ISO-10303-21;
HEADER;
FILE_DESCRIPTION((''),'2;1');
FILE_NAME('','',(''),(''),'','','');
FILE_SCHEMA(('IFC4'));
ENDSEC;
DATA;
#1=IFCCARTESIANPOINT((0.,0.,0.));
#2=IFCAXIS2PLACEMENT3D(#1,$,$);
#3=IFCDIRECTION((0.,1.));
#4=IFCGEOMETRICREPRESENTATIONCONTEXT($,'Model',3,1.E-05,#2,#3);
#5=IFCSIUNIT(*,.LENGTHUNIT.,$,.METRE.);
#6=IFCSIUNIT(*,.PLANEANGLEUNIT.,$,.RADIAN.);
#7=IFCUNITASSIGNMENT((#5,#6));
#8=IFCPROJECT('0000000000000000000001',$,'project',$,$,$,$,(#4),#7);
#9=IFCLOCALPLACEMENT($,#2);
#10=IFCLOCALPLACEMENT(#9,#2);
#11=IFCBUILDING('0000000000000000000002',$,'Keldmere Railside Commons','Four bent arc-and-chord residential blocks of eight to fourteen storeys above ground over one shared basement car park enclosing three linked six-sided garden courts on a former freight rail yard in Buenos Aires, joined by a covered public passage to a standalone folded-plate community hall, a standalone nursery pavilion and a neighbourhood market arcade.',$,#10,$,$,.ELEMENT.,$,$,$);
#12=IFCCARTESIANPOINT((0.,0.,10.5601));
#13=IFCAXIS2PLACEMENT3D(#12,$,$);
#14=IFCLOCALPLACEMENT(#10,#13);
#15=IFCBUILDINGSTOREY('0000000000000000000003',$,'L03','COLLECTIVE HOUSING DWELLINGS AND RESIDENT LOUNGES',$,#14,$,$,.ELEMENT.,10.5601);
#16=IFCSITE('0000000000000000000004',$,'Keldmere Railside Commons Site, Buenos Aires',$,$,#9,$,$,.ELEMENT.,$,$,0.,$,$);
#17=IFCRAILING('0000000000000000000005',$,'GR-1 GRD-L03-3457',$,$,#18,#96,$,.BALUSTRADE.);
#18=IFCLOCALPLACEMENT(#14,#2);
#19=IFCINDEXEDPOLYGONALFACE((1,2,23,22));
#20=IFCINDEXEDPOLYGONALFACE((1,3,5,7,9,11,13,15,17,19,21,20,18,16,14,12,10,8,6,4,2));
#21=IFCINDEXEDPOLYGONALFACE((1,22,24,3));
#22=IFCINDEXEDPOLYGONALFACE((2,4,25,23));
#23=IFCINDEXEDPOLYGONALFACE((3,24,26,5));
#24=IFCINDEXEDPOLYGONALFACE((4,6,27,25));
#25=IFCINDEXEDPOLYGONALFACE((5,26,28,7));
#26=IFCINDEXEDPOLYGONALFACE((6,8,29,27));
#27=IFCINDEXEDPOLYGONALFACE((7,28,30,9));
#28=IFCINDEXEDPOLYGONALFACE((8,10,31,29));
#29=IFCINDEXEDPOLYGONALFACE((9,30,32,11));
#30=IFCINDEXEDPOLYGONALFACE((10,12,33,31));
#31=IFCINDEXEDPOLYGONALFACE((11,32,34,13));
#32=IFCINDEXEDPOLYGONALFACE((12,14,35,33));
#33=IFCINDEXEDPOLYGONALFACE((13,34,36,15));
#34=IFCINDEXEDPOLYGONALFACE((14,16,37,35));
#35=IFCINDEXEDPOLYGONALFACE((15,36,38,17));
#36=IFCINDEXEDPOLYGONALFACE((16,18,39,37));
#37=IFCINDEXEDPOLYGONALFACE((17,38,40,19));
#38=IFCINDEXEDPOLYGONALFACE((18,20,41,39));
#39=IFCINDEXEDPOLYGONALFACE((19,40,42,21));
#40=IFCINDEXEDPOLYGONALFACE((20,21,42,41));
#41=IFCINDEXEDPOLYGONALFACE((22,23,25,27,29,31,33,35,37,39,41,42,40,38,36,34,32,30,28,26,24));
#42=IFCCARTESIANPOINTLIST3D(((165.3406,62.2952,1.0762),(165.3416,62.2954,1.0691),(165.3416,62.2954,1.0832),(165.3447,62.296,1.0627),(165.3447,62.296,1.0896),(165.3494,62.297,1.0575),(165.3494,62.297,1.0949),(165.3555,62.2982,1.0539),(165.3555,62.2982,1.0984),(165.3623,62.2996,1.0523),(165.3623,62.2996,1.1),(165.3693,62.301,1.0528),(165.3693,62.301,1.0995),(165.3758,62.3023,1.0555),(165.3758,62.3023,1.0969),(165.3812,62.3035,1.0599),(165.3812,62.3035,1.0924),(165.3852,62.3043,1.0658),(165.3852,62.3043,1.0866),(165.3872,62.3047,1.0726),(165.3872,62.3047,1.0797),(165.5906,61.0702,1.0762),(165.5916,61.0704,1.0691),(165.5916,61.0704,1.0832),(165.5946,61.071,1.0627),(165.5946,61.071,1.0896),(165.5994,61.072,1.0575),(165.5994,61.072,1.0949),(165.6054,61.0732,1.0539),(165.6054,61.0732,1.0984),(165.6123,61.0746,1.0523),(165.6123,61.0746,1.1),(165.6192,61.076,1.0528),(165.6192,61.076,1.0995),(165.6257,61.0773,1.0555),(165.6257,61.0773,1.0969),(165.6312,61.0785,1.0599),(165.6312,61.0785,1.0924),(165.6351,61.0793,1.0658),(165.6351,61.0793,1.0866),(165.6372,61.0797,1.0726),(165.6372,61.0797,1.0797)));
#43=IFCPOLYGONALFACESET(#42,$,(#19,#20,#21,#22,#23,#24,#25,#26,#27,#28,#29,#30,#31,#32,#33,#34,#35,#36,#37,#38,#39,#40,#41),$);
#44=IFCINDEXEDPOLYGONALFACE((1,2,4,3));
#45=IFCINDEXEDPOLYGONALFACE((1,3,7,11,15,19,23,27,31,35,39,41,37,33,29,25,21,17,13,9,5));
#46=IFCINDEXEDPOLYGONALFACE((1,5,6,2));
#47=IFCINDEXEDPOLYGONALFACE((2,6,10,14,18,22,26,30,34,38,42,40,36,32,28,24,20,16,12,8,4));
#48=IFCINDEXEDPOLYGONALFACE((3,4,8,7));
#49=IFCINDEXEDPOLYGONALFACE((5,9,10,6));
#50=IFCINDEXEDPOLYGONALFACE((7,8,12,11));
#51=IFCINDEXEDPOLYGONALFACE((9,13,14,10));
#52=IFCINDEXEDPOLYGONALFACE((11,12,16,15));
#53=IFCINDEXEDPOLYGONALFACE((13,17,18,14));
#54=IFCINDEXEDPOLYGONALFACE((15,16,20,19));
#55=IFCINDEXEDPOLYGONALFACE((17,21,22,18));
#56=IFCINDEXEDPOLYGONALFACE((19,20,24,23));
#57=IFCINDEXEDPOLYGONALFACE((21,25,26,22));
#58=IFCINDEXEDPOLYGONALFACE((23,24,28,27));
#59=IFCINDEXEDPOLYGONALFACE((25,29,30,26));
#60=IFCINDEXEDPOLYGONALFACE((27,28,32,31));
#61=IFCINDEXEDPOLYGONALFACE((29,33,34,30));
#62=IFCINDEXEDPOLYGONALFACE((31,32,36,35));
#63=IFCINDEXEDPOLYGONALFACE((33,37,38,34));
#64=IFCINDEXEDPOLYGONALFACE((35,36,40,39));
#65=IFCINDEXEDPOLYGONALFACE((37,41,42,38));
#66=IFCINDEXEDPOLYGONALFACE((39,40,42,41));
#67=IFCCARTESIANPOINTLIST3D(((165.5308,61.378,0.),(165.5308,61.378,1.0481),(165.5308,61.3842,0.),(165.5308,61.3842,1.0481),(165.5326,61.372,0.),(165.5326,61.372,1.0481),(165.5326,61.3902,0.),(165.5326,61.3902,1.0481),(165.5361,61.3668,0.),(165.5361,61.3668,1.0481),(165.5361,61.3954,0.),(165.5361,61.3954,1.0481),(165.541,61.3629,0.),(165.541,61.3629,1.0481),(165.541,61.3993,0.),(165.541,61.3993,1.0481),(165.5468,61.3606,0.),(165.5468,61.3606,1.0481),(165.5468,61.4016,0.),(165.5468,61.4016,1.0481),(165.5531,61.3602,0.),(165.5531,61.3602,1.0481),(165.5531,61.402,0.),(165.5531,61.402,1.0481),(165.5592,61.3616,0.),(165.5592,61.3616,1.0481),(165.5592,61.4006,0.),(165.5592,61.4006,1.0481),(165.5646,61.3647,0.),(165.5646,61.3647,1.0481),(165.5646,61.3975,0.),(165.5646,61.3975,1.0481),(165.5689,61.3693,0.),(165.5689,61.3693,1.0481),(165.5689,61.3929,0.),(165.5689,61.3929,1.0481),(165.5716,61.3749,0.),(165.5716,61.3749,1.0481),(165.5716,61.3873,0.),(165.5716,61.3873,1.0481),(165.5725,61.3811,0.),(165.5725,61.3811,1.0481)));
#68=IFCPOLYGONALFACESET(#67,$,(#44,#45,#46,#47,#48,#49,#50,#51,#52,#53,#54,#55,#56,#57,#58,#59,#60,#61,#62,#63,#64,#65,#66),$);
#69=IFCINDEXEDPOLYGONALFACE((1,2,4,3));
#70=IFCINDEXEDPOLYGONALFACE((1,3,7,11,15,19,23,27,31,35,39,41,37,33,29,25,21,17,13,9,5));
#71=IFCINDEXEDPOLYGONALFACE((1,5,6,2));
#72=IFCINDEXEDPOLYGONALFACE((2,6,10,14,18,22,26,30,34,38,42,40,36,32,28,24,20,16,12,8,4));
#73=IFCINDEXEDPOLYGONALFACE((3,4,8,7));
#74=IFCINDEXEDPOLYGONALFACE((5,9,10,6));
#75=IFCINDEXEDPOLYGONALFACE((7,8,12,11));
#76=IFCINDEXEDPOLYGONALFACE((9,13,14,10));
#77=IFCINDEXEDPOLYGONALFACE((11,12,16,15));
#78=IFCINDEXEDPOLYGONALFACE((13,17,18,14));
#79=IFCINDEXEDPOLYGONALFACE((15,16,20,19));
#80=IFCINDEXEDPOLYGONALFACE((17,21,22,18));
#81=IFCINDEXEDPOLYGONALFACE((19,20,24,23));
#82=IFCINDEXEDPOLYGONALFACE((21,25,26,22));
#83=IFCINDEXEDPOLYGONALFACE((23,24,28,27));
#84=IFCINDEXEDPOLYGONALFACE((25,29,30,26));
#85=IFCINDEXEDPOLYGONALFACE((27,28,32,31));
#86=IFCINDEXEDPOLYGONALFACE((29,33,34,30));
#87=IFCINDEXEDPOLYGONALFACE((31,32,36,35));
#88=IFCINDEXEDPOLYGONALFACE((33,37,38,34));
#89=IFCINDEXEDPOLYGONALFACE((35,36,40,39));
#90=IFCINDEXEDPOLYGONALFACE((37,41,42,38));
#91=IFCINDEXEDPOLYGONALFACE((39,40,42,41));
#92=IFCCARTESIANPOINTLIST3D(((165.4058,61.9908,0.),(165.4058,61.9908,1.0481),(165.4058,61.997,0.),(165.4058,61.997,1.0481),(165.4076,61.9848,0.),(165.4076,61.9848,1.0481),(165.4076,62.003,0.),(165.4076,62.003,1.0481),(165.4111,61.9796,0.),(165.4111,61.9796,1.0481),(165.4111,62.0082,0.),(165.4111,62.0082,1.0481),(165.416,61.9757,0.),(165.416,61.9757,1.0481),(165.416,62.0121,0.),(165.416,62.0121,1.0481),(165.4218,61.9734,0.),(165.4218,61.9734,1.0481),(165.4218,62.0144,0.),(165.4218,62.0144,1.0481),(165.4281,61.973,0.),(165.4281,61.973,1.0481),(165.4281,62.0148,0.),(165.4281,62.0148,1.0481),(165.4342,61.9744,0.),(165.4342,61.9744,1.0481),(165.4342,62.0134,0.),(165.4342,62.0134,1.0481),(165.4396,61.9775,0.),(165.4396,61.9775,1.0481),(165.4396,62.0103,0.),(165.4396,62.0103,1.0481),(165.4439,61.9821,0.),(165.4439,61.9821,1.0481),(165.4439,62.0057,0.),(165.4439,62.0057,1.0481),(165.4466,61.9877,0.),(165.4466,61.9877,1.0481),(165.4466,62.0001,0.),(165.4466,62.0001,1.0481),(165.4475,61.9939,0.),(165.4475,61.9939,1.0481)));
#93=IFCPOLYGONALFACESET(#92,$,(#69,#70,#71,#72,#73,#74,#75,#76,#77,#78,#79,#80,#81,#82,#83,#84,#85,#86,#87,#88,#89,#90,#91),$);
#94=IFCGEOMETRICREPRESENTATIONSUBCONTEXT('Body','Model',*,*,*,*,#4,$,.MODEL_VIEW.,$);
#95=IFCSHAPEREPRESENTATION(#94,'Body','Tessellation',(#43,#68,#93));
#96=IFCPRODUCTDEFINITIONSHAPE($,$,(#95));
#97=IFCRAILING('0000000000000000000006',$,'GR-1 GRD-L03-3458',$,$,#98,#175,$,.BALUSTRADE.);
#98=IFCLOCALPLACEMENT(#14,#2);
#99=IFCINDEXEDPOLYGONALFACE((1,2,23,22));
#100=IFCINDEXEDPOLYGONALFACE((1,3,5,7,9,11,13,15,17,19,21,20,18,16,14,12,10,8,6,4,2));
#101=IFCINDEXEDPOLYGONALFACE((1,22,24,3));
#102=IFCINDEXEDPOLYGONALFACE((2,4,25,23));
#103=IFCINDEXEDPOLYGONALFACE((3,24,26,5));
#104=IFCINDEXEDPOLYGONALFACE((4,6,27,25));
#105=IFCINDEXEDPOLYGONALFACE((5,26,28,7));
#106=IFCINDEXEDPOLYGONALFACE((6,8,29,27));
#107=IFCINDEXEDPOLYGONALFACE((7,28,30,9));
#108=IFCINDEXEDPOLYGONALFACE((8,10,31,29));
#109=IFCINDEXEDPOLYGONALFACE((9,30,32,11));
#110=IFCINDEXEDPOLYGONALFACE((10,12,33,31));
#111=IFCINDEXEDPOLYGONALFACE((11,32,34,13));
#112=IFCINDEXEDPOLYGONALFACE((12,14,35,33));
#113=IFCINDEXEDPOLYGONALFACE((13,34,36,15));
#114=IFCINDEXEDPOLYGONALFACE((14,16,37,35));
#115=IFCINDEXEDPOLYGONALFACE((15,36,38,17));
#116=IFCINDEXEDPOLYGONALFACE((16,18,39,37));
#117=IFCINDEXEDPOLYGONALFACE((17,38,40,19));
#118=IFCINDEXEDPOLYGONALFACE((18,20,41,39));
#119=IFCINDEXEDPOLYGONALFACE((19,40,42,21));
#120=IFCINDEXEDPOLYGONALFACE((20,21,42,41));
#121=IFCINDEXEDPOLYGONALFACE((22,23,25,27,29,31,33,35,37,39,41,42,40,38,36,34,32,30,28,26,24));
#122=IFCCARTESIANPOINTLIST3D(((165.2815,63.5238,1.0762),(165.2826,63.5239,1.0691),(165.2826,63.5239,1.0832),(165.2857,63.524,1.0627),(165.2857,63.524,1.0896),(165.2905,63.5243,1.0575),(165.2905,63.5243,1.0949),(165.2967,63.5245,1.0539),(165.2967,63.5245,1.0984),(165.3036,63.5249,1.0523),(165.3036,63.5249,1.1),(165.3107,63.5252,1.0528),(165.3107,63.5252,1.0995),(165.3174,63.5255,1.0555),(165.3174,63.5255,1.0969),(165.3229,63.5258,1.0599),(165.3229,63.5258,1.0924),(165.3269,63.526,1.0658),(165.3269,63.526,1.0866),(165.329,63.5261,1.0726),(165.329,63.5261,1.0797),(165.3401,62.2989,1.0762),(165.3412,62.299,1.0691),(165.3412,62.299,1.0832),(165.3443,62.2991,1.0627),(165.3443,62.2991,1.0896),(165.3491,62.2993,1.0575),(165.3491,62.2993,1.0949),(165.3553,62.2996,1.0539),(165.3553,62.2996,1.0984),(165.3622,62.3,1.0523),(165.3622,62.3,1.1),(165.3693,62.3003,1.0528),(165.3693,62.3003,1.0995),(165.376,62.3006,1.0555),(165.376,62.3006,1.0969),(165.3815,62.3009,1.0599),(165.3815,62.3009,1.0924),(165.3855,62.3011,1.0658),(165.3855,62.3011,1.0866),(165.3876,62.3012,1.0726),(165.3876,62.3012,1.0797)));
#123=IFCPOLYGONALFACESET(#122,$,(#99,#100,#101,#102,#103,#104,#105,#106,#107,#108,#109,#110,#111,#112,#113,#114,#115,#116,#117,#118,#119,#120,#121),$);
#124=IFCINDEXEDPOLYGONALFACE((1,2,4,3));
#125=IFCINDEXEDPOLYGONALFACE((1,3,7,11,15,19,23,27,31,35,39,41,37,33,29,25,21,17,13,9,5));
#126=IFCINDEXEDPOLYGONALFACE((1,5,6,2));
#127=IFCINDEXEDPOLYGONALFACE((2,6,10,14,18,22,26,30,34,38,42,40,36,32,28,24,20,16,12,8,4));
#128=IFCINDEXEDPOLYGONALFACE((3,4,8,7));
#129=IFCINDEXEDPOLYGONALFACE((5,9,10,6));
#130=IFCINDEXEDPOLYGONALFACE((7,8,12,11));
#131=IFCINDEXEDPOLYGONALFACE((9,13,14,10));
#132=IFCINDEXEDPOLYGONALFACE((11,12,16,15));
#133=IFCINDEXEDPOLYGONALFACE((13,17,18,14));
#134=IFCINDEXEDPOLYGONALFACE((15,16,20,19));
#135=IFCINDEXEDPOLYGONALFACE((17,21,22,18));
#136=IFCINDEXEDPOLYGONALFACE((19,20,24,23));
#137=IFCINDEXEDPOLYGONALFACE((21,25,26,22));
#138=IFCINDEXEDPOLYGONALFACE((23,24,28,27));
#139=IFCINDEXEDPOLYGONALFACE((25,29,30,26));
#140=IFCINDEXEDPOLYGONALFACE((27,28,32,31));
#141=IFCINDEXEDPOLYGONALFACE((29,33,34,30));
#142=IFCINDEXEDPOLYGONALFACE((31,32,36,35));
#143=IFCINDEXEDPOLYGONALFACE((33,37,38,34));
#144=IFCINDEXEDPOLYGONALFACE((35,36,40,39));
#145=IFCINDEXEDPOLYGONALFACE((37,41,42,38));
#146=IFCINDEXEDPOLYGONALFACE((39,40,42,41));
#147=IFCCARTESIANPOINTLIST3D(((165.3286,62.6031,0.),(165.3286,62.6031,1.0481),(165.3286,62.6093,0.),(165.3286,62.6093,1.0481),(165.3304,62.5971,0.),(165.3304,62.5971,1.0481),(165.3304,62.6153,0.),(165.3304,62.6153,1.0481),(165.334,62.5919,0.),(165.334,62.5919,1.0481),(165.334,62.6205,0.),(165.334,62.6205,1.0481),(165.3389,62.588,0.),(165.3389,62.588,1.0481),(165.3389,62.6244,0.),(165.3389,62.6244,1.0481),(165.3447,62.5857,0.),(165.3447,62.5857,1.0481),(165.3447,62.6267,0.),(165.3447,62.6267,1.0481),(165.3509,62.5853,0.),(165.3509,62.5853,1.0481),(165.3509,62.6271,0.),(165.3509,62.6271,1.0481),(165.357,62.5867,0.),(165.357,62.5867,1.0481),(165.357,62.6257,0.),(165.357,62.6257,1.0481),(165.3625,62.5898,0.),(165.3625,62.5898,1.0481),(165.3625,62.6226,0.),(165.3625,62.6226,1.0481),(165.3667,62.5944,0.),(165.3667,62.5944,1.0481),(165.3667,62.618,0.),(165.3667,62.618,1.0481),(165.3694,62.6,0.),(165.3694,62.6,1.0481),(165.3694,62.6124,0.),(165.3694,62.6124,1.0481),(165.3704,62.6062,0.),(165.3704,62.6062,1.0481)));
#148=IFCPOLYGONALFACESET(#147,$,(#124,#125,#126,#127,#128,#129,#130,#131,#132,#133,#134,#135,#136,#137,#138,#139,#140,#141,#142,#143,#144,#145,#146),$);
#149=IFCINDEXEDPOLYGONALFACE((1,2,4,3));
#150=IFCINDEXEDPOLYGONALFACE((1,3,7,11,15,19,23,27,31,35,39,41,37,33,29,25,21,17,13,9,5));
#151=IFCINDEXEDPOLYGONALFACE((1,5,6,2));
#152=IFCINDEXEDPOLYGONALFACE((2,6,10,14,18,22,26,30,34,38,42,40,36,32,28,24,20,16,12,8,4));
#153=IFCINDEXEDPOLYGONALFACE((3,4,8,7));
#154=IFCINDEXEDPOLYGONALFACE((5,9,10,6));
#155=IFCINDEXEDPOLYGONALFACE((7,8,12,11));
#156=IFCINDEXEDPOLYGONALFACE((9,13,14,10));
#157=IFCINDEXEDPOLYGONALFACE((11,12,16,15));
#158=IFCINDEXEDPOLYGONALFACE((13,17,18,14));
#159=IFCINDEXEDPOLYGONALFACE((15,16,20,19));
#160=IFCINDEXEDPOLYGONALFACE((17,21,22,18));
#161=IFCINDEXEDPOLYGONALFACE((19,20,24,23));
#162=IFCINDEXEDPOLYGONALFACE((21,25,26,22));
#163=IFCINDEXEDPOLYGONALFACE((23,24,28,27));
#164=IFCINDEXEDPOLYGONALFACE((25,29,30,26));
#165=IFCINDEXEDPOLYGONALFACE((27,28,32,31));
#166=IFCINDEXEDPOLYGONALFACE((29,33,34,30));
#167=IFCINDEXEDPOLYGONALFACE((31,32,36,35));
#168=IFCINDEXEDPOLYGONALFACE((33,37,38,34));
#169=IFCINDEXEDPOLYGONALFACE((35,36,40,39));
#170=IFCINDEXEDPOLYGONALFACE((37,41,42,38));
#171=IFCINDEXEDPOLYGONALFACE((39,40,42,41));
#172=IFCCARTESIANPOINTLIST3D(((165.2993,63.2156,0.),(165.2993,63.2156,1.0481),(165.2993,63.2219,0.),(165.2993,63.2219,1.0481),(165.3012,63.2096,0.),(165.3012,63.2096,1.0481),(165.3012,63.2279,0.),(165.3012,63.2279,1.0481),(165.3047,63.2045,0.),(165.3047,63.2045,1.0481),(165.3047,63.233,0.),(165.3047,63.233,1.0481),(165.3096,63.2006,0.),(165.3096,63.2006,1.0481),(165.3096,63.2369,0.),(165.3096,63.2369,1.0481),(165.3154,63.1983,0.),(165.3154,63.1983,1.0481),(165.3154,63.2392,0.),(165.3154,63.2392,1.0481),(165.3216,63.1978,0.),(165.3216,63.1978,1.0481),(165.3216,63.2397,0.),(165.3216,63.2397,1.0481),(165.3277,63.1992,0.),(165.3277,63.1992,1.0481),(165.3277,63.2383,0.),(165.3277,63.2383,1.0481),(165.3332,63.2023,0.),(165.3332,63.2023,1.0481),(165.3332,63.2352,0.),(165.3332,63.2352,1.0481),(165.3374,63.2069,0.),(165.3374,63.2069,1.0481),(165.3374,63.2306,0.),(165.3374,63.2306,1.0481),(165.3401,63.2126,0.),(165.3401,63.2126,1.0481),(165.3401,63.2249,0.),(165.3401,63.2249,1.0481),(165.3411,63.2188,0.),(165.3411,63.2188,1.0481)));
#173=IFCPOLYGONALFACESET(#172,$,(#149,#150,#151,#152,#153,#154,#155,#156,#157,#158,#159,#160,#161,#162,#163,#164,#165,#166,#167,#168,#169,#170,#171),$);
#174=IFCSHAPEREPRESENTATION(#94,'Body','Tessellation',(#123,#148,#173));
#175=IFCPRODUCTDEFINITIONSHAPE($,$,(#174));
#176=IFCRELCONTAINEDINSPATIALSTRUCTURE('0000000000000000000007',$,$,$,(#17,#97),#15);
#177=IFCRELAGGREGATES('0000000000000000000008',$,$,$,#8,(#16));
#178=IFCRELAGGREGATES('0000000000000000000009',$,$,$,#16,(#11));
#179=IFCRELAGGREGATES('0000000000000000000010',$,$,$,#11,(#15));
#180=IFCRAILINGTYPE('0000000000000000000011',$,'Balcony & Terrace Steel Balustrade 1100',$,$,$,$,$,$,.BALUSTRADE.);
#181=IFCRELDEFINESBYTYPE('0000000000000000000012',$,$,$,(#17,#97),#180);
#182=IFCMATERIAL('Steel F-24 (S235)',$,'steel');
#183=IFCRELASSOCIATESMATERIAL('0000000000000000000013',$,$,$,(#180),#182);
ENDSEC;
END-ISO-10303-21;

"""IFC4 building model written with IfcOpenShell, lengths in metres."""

from ifc_helpers import new_model, si_unit, direction, frame, origin, origin_2d, place, context, subcontext, project, spatial, circle, extrude, material, type_object, element, save


model = new_model("IFC4")

# Units and contexts
model_context = context("Model", 3, precision=1e-05, world=origin(), true_north=direction((0.0, 1.0)))
body_context = subcontext(model_context, "Body", "Model", "MODEL_VIEW")
ifc_project = project(units=[si_unit("LENGTHUNIT", "METRE"), si_unit("PLANEANGLEUNIT", "RADIAN")], contexts=[model_context])

# Site, building, storey
site_placement = place(None, origin())
site = spatial("IfcSite", under=ifc_project, at=site_placement, Name="Keldmere Railside Commons Site, Buenos Aires", CompositionType="ELEMENT", RefElevation=0.0)
building_placement = place(site_placement, origin())
building = spatial("IfcBuilding", under=site, at=building_placement, Name="Keldmere Railside Commons", Description="Four bent arc-and-chord residential blocks of eight to fourteen storeys above ground over one shared basement car park enclosing three linked six-sided garden courts on a former freight rail yard in Buenos Aires, joined by a covered public passage to a standalone folded-plate community hall, a standalone nursery pavilion and a neighbourhood market arcade.", CompositionType="ELEMENT")
storey_placement = place(building_placement, frame((0.0, 0.0, 10.5601)))
storey = spatial("IfcBuildingStorey", under=building, at=storey_placement, Name="L03", Description="COLLECTIVE HOUSING DWELLINGS AND RESIDENT LOUNGES", CompositionType="ELEMENT", Elevation=10.5601)

# Shared definitions
ifc_material_1 = material(Name="Steel F-24 (S235)", Category="steel")

# Railings
railing_type = type_object("IfcRailingType", Name="Balcony & Terrace Steel Balustrade 1100", PredefinedType="BALUSTRADE", material=ifc_material_1)
railing_1_placement = place(storey_placement, frame((165.614, 61.075, 0.0)))
element("IfcRailing", 1, at=railing_1_placement, inside=storey, type_object=railing_type, Name="GR-1 GRD-L03-3457", PredefinedType="BALUSTRADE", context=body_context, shape_type="SweptSolid", body=[
    extrude(circle(Radius=0.0239, at=origin_2d()), frame((0.0, 0.0, 1.0762), z_axis=(-0.199945, 0.979807, 0.0), x_axis=(-0.979807, -0.199945, 0.0)), (0.0, 0.0, 1.0), 1.2502),
    extrude(circle(Radius=0.021, at=origin_2d()), frame((-0.0625, 0.3062, 0.0)), (0.0, 0.0, 1.0), 1.0481),
    extrude(circle(Radius=0.021, at=origin_2d()), frame((-0.1875, 0.9189, 0.0)), (0.0, 0.0, 1.0), 1.0481),
])
railing_2_placement = place(storey_placement, frame((165.364, 62.3, 0.0)))
element("IfcRailing", 2, at=railing_2_placement, inside=storey, type_object=railing_type, Name="GR-1 GRD-L03-3458", PredefinedType="BALUSTRADE", context=body_context, shape_type="SweptSolid", body=[
    extrude(circle(Radius=0.0239, at=origin_2d()), frame((0.0, 0.0, 1.0762), z_axis=(-0.047783, 0.998858, 0.0), x_axis=(-0.998858, -0.047783, 0.0)), (0.0, 0.0, 1.0), 1.2263),
    extrude(circle(Radius=0.021, at=origin_2d()), frame((-0.0146, 0.3062, 0.0)), (0.0, 0.0, 1.0), 1.0481),
    extrude(circle(Radius=0.021, at=origin_2d()), frame((-0.0439, 0.9187, 0.0)), (0.0, 0.0, 1.0), 1.0481),
])

save(model, "model.ifc")
